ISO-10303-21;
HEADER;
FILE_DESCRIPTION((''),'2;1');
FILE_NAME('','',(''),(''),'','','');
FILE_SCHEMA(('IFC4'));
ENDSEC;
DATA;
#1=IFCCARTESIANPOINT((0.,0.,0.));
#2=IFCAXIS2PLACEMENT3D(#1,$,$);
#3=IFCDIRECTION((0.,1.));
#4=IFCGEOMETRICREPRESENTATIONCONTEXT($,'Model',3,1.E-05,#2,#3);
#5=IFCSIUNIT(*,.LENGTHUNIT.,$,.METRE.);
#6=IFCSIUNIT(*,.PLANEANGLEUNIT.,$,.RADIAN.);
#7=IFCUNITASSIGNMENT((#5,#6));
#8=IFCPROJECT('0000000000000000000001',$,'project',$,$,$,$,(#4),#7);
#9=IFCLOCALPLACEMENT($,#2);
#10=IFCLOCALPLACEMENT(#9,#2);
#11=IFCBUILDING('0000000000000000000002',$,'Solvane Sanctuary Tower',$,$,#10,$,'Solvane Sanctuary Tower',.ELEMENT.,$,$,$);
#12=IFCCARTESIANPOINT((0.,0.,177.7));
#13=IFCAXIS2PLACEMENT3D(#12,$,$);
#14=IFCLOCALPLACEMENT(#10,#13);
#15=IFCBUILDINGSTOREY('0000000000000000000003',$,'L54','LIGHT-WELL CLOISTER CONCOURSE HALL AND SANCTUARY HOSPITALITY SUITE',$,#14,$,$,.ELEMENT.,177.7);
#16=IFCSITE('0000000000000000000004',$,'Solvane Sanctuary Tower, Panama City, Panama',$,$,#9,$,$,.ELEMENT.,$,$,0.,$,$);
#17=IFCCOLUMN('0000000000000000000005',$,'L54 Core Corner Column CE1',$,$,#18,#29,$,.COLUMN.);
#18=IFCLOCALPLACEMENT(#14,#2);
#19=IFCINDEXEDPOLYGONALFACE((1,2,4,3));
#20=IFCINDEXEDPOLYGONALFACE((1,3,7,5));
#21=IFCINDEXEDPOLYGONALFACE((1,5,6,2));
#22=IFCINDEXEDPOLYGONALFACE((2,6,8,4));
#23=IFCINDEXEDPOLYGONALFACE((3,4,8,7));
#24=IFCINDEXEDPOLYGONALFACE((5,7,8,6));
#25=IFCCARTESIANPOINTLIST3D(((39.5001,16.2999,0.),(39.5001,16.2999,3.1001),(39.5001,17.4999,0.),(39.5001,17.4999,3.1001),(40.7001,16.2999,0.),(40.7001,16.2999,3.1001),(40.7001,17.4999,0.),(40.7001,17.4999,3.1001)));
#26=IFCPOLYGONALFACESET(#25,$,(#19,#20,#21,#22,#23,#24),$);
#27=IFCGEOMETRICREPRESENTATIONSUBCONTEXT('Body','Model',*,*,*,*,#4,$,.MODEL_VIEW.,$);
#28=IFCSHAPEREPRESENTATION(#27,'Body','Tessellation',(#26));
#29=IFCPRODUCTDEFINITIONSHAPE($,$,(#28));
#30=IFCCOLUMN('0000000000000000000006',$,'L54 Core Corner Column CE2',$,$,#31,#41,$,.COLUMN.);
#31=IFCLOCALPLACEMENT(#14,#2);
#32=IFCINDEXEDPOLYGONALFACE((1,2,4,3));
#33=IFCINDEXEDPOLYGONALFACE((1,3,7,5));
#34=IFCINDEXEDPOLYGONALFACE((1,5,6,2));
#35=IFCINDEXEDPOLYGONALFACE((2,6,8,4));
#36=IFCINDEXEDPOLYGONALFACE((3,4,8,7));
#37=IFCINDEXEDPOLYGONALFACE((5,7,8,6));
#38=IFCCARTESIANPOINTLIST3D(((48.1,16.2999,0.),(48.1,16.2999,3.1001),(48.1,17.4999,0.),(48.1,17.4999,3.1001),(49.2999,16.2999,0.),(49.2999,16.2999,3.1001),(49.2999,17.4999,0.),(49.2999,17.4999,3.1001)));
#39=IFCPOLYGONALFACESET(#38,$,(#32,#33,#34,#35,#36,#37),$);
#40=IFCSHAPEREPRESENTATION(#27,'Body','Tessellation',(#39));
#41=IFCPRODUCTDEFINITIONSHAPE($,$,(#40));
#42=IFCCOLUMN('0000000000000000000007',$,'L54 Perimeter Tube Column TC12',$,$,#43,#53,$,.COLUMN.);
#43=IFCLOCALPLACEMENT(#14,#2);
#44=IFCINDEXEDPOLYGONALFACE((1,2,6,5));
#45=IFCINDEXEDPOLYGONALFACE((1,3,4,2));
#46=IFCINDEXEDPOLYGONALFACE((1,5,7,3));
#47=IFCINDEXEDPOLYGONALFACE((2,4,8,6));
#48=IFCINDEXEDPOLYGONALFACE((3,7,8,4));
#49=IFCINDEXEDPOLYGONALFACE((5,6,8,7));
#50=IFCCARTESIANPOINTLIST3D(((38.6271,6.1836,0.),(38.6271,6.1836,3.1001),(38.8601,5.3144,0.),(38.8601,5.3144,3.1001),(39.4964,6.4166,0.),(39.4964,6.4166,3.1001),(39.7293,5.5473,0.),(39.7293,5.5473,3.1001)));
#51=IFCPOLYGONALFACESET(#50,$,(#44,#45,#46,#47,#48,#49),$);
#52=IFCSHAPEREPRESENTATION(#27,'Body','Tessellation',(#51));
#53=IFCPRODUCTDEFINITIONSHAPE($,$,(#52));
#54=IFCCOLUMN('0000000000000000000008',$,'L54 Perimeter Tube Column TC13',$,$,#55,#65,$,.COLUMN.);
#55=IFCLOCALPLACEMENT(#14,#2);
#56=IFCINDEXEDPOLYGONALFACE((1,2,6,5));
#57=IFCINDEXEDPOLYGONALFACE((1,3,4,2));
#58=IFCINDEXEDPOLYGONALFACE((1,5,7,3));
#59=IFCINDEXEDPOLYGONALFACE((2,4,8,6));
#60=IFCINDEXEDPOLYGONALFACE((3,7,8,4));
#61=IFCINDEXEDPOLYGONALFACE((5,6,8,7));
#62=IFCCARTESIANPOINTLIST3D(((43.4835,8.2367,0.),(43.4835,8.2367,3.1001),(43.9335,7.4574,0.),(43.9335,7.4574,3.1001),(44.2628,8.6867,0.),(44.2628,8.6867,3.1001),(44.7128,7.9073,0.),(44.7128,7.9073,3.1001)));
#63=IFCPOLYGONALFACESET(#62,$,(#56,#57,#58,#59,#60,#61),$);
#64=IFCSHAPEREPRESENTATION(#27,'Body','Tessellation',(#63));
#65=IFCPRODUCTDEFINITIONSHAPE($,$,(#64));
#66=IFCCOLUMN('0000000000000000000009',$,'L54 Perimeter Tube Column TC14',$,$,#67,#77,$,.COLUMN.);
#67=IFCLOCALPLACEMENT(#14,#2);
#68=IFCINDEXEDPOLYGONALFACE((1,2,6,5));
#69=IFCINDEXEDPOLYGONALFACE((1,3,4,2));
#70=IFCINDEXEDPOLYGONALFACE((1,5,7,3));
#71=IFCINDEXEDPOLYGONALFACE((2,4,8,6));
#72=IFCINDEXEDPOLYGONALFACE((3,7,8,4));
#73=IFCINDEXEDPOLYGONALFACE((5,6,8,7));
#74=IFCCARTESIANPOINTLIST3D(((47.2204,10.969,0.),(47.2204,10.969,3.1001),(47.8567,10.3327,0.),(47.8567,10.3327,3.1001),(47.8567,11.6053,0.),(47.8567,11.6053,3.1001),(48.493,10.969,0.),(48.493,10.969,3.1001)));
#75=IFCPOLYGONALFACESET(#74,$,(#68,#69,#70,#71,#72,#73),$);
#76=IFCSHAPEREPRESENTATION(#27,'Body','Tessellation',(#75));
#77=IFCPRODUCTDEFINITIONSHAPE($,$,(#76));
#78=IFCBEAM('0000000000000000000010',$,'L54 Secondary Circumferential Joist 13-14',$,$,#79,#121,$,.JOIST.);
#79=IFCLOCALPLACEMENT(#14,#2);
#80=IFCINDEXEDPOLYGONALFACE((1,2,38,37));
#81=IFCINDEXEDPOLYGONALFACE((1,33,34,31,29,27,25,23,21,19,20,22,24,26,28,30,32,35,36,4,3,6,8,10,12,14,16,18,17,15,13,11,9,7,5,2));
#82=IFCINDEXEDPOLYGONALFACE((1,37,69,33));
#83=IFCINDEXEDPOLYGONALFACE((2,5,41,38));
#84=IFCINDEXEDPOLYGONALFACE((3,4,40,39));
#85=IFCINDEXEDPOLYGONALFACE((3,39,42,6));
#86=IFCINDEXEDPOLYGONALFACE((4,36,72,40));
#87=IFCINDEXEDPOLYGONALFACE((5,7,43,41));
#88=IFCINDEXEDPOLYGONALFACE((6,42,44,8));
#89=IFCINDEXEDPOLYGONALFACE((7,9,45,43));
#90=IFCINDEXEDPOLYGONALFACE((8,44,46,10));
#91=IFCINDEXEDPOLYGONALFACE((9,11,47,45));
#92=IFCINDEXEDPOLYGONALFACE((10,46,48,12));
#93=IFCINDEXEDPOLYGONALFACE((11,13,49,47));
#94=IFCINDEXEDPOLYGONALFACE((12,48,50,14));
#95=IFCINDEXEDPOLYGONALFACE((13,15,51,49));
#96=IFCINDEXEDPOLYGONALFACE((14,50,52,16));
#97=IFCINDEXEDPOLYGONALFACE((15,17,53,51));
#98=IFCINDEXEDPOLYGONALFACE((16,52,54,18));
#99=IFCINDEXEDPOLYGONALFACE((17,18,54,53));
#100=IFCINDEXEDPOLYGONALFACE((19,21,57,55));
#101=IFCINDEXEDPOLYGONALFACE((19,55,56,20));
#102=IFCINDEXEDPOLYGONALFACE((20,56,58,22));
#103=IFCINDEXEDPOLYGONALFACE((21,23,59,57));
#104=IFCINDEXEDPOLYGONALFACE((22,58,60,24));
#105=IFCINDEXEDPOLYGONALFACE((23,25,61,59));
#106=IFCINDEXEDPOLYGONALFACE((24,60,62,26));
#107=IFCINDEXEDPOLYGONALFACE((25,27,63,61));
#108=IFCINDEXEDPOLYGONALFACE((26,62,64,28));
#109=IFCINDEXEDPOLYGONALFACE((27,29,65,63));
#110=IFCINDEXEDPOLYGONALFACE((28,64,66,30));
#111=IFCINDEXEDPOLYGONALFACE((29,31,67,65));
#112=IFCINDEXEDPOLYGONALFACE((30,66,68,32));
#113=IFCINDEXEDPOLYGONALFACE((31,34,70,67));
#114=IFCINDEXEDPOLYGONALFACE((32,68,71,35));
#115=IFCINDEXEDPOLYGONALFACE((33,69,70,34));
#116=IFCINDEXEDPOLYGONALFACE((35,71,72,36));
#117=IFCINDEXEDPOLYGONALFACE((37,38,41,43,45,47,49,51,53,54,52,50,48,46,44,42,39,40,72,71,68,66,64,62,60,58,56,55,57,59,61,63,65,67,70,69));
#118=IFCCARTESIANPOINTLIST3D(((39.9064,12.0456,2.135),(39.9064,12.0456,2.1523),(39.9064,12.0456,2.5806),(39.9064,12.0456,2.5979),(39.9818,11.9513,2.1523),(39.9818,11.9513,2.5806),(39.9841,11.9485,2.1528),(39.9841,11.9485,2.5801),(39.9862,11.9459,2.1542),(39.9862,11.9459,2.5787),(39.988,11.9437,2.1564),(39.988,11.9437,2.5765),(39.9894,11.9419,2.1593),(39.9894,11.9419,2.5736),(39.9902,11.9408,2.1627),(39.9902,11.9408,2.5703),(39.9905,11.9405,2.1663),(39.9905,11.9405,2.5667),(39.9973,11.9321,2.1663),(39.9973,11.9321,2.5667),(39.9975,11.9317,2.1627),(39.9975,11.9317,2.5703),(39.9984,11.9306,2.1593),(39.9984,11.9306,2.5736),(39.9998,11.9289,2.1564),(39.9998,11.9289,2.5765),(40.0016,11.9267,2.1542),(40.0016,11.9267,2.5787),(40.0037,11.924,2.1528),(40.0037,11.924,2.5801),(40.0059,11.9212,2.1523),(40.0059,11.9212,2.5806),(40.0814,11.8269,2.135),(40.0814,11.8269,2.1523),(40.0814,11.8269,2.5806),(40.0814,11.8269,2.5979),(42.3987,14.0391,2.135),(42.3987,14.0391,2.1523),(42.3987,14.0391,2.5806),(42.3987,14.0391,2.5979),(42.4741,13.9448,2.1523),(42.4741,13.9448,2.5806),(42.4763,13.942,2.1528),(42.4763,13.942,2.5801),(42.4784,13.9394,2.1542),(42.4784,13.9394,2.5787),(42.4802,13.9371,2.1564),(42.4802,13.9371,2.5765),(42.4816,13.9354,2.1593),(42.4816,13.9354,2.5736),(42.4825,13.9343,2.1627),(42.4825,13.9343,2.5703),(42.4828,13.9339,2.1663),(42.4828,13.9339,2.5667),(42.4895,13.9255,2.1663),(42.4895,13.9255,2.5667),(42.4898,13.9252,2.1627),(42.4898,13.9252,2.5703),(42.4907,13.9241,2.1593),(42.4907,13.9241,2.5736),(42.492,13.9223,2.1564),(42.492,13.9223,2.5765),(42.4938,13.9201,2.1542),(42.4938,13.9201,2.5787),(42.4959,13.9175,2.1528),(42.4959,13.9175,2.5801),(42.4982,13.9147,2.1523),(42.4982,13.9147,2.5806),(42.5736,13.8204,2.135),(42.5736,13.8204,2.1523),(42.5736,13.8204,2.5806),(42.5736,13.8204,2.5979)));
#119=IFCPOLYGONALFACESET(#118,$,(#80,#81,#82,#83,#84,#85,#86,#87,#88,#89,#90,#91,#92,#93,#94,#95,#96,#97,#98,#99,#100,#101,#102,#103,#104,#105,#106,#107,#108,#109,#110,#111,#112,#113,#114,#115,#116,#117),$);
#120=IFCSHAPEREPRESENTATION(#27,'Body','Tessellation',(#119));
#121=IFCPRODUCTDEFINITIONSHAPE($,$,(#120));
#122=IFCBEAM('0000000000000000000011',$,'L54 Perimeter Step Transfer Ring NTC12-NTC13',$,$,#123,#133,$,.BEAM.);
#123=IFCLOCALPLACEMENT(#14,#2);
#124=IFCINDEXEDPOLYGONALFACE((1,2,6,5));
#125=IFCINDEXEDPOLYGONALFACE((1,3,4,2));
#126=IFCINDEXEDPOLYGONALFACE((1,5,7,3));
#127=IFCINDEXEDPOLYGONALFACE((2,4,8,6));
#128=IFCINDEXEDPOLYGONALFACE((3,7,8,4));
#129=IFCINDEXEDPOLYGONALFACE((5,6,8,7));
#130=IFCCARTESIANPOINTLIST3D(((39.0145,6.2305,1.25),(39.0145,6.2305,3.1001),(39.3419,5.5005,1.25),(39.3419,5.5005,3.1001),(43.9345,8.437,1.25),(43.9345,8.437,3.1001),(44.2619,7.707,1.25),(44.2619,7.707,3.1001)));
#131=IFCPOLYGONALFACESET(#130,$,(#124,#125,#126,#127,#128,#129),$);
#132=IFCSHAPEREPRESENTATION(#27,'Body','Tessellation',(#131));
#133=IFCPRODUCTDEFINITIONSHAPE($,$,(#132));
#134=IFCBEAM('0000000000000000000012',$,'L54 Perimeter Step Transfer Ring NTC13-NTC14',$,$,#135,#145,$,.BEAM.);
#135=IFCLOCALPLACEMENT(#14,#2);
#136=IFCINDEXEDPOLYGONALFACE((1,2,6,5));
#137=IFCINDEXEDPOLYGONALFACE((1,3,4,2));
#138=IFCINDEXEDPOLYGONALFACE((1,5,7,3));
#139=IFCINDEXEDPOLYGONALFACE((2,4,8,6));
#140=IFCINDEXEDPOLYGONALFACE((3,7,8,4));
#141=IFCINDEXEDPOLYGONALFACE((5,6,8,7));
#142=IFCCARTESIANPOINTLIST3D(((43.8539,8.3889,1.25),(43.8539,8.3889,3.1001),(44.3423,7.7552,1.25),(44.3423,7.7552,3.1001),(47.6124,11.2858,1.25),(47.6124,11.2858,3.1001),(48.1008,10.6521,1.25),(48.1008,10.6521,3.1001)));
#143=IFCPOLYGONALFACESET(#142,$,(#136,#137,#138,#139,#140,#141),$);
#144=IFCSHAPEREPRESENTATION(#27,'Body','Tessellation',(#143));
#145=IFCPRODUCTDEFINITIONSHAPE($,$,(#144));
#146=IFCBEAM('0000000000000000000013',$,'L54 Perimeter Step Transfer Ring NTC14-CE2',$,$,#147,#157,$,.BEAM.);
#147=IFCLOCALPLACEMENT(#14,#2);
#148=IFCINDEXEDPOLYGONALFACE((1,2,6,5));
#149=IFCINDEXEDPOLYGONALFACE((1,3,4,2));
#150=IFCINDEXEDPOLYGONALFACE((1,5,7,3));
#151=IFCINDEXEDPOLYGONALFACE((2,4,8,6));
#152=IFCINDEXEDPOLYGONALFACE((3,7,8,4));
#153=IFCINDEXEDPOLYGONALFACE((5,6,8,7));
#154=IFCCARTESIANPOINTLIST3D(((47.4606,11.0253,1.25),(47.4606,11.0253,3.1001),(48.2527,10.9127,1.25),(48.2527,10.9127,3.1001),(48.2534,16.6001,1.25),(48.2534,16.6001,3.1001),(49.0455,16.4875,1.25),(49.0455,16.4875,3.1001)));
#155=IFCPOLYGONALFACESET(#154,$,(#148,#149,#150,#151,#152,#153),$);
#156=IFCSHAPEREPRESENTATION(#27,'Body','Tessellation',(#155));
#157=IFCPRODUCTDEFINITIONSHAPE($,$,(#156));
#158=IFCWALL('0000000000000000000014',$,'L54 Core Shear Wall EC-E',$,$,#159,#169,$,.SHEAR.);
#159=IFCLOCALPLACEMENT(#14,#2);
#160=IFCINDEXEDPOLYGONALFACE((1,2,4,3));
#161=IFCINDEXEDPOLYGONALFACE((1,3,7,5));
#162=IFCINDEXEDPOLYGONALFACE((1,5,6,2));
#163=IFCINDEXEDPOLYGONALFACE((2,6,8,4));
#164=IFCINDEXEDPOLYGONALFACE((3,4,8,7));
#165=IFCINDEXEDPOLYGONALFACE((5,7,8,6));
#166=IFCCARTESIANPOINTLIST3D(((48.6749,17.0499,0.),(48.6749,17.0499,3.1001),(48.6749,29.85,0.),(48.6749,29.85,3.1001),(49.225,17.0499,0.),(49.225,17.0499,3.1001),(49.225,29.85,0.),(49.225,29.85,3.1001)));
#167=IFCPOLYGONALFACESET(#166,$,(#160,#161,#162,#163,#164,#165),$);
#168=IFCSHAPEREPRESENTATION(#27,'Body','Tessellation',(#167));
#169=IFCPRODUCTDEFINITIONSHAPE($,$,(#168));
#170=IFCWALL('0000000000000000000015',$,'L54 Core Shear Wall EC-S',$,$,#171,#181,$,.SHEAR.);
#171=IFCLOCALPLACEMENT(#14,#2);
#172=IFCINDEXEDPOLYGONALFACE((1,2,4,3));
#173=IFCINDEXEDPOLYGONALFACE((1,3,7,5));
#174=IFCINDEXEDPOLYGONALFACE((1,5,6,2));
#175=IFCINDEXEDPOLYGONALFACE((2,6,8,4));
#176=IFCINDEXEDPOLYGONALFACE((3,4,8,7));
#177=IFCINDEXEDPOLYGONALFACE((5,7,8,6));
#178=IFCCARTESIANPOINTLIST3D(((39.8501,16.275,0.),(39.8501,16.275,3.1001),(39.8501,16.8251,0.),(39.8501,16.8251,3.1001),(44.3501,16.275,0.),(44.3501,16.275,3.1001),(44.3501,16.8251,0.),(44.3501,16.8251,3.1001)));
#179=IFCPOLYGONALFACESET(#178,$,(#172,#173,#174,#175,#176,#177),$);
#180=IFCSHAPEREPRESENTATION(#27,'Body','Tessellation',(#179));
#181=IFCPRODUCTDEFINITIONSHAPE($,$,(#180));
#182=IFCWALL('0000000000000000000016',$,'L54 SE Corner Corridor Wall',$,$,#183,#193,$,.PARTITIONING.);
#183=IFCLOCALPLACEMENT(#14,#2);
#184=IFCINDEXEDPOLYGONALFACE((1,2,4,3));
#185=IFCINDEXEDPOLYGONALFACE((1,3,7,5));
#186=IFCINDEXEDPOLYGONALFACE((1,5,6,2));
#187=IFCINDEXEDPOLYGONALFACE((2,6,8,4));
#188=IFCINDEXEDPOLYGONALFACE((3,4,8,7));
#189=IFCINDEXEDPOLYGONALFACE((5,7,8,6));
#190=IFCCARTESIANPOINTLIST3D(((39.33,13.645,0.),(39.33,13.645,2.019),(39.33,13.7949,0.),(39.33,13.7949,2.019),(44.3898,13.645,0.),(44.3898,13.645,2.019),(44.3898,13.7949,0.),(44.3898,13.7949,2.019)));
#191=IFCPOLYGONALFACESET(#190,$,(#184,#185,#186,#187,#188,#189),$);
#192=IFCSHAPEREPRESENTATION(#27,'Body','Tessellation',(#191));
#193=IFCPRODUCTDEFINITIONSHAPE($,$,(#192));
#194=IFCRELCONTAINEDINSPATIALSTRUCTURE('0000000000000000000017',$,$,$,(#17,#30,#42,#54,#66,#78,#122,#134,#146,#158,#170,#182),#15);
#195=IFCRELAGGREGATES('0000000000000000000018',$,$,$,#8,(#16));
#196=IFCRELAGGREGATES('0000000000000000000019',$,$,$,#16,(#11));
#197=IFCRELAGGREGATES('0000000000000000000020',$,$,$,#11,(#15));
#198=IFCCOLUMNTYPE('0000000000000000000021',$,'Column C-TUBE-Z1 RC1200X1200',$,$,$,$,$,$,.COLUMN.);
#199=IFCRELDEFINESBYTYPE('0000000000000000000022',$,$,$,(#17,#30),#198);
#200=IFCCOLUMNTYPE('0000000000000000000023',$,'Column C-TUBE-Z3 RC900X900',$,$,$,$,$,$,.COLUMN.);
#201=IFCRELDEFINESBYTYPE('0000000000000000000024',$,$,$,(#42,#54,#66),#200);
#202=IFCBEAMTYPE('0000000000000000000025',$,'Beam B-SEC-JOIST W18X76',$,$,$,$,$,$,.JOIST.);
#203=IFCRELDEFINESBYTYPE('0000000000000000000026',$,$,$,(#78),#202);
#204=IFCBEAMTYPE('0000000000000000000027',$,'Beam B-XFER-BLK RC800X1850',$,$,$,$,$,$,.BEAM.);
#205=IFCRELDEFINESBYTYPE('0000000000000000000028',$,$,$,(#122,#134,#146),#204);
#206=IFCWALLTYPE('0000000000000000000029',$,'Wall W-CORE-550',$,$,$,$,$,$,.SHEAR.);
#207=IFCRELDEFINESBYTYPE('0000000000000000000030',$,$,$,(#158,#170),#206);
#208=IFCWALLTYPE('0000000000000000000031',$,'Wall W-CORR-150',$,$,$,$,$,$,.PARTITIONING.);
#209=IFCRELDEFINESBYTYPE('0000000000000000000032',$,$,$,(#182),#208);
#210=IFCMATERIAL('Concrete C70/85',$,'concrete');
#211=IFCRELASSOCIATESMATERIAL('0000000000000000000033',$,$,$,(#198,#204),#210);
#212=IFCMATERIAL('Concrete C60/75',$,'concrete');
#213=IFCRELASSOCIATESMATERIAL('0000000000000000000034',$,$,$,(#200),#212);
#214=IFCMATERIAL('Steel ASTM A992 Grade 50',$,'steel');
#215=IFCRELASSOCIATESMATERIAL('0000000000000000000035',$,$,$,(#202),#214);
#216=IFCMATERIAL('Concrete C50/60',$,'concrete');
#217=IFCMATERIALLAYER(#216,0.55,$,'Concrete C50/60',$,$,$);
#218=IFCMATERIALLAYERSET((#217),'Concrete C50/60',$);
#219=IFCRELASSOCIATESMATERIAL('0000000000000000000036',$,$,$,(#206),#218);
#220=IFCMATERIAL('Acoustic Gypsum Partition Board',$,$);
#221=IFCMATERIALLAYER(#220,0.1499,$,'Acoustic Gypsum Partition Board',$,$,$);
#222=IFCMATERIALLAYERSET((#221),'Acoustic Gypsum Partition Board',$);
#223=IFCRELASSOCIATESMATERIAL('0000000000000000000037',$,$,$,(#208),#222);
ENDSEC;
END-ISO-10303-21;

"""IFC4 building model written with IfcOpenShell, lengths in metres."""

from ifc_helpers import new_model, si_unit, direction, frame, frame_2d, origin, origin_2d, place, context, subcontext, project, spatial, rectangle, i_section, extrude, material, layer, layer_set, material_profile, profile_set, type_object, element, save


model = new_model("IFC4")

# Units and contexts
model_context = context("Model", 3, precision=1e-05, world=origin(), true_north=direction((0.0, 1.0)))
body_context = subcontext(model_context, "Body", "Model", "MODEL_VIEW")
ifc_project = project(units=[si_unit("LENGTHUNIT", "METRE"), si_unit("PLANEANGLEUNIT", "RADIAN")], contexts=[model_context])

# Site, building, storey
site_placement = place(None, origin())
site = spatial("IfcSite", under=ifc_project, at=site_placement, Name="Solvane Sanctuary Tower, Panama City, Panama", CompositionType="ELEMENT", RefElevation=0.0)
building_placement = place(site_placement, origin())
building = spatial("IfcBuilding", under=site, at=building_placement, Name="Solvane Sanctuary Tower", LongName="Solvane Sanctuary Tower", CompositionType="ELEMENT")
storey_placement = place(building_placement, frame((0.0, 0.0, 177.7)))
storey = spatial("IfcBuildingStorey", under=building, at=storey_placement, Name="L54", Description="LIGHT-WELL CLOISTER CONCOURSE HALL AND SANCTUARY HOSPITALITY SUITE", CompositionType="ELEMENT", Elevation=177.7)

# Columns
ifc_material_1 = material(Name="Concrete C70/85", Category="concrete")
ifc_material_profile_1 = material_profile(ifc_material_1, rectangle(XDim=1.2, YDim=1.2, at=origin_2d()), Name="RC1200X1200")
ifc_profile_set_1 = profile_set([ifc_material_profile_1], Name="Concrete C70/85")
column_type_1 = type_object("IfcColumnType", Name="Column C-TUBE-Z1 RC1200X1200", PredefinedType="COLUMN", material=ifc_profile_set_1)
for number, where, z_axis, x_axis, name in (
    (1, (40.1001, 16.8999, 0.0), (0.0, 0.0, 1.0), (1.0, 0.0, 0.0), "L54 Core Corner Column CE1"),
    (2, (48.7, 16.8999, 0.0), (0.0, 0.0, 1.0), (1.0, 0.0, 0.0), "L54 Core Corner Column CE2"),
):
    element("IfcColumn", number, at=place(storey_placement, frame(where, z_axis=z_axis, x_axis=x_axis)), inside=storey, type_object=column_type_1, Name=name, PredefinedType="COLUMN", context=body_context, shape_type="SweptSolid", body=[
        extrude(rectangle(XDim=1.2, YDim=1.2, at=origin_2d()), origin(), (0.0, 0.0, 1.0), 3.1001),
    ])
ifc_material_2 = material(Name="Concrete C60/75", Category="concrete")
ifc_material_profile_2 = material_profile(ifc_material_2, rectangle(XDim=0.8999, YDim=0.8999, at=origin_2d()), Name="RC900X900")
ifc_profile_set_2 = profile_set([ifc_material_profile_2], Name="Concrete C60/75")
column_type_2 = type_object("IfcColumnType", Name="Column C-TUBE-Z3 RC900X900", PredefinedType="COLUMN", material=ifc_profile_set_2)
for number, where, z_axis, x_axis, name in (
    (3, (39.1782, 5.8655, 0.0), (0.0, 0.0, 1.0), (0.258819, -0.965926, 0.0), "L54 Perimeter Tube Column TC12"),
    (4, (44.0981, 8.072, 0.0), (0.0, 0.0, 1.0), (0.5, -0.866025, 0.0), "L54 Perimeter Tube Column TC13"),
    (5, (47.8567, 10.969, 0.0), (0.0, 0.0, 1.0), (0.707107, -0.707107, 0.0), "L54 Perimeter Tube Column TC14"),
):
    element("IfcColumn", number, at=place(storey_placement, frame(where, z_axis=z_axis, x_axis=x_axis)), inside=storey, type_object=column_type_2, Name=name, PredefinedType="COLUMN", context=body_context, shape_type="SweptSolid", body=[
        extrude(rectangle(XDim=0.8999, YDim=0.8999, at=origin_2d()), origin(), (0.0, 0.0, 1.0), 3.1001),
    ])

# Beams
ifc_material_3 = material(Name="Steel ASTM A992 Grade 50", Category="steel")
ifc_material_profile_3 = material_profile(ifc_material_3, i_section(OverallWidth=0.28, OverallDepth=0.4629, WebThickness=0.0107, FlangeThickness=0.0173, FilletRadius=0.0139, at=origin_2d()), Name="W18X76")
ifc_profile_set_3 = profile_set([ifc_material_profile_3], Name="Steel ASTM A992 Grade 50")
beam_type_1 = type_object("IfcBeamType", Name="Beam B-SEC-JOIST W18X76", PredefinedType="JOIST", material=ifc_profile_set_3)
beam_1_placement = place(storey_placement, frame((39.9939, 11.9363, 2.3665), z_axis=(0.780921, 0.62463, 0.0), x_axis=(-0.62463, 0.780921, 0.0)))
element("IfcBeam", 6, at=beam_1_placement, inside=storey, type_object=beam_type_1, Name="L54 Secondary Circumferential Joist 13-14", PredefinedType="JOIST", context=body_context, shape_type="SweptSolid", body=[
    extrude(i_section(OverallWidth=0.28, OverallDepth=0.4629, WebThickness=0.0107, FlangeThickness=0.0173, FilletRadius=0.0139, at=origin_2d()), origin(), (0.0, 0.0, 1.0), 3.1914),
])
ifc_material_profile_4 = material_profile(ifc_material_1, rectangle(XDim=0.8, YDim=1.8501, at=origin_2d()), Name="RC800X1850")
ifc_profile_set_4 = profile_set([ifc_material_profile_4], Name="Concrete C70/85")
beam_type_2 = type_object("IfcBeamType", Name="Beam B-XFER-BLK RC800X1850", PredefinedType="BEAM", material=ifc_profile_set_4)
beam_2_placement = place(storey_placement, frame((39.1782, 5.8655, 2.175), z_axis=(0.912436, 0.40922, 0.0), x_axis=(-0.40922, 0.912436, 0.0)))
element("IfcBeam", 7, at=beam_2_placement, inside=storey, type_object=beam_type_2, Name="L54 Perimeter Step Transfer Ring NTC12-NTC13", PredefinedType="BEAM", context=body_context, shape_type="SweptSolid", body=[
    extrude(rectangle(XDim=0.8, YDim=1.8501, at=origin_2d()), origin(), (0.0, 0.0, 1.0), 5.3921),
])
beam_3_placement = place(storey_placement, frame((44.0981, 8.072, 2.175), z_axis=(0.792035, 0.610476, 0.0), x_axis=(-0.610476, 0.792035, 0.0)))
element("IfcBeam", 8, at=beam_3_placement, inside=storey, type_object=beam_type_2, Name="L54 Perimeter Step Transfer Ring NTC13-NTC14", PredefinedType="BEAM", context=body_context, shape_type="SweptSolid", body=[
    extrude(rectangle(XDim=0.8, YDim=1.8501, at=origin_2d()), origin(), (0.0, 0.0, 1.0), 4.7454),
])
beam_4_placement = place(storey_placement, frame((47.8567, 10.969, 2.175), z_axis=(0.140784, 0.99004, 0.0), x_axis=(-0.99004, 0.140784, 0.0)))
element("IfcBeam", 9, at=beam_4_placement, inside=storey, type_object=beam_type_2, Name="L54 Perimeter Step Transfer Ring NTC14-CE2", PredefinedType="BEAM", context=body_context, shape_type="SweptSolid", body=[
    extrude(rectangle(XDim=0.8, YDim=1.8501, at=origin_2d()), origin(), (0.0, 0.0, 1.0), 5.6309),
])

# Walls
ifc_material_4 = material(Name="Concrete C50/60", Category="concrete")
ifc_layer_1 = layer(ifc_material_4, 0.55, Name="Concrete C50/60")
ifc_layer_set_1 = layer_set([ifc_layer_1], Name="Concrete C50/60")
wall_type_1 = type_object("IfcWallType", Name="Wall W-CORE-550", PredefinedType="SHEAR", material=ifc_layer_set_1)
wall_1_placement = place(storey_placement, frame((48.95, 17.05, 0.0), z_axis=(0.0, 0.0, 1.0), x_axis=(0.0, 1.0, 0.0)))
element("IfcWall", 10, at=wall_1_placement, inside=storey, type_object=wall_type_1, Name="L54 Core Shear Wall EC-E", PredefinedType="SHEAR", context=body_context, shape_type="SweptSolid", body=[
    extrude(rectangle(XDim=12.8, YDim=0.55, at=frame_2d((6.3999, 0.0))), origin(), (0.0, 0.0, 1.0), 3.1001),
])
wall_2_placement = place(storey_placement, frame((39.8501, 16.55, 0.0), z_axis=(0.0, 0.0, 1.0), x_axis=(1.0, 0.0, 0.0)))
element("IfcWall", 11, at=wall_2_placement, inside=storey, type_object=wall_type_1, Name="L54 Core Shear Wall EC-S", PredefinedType="SHEAR", context=body_context, shape_type="SweptSolid", body=[
    extrude(rectangle(XDim=4.5, YDim=0.55, at=frame_2d((2.25, 0.0))), origin(), (0.0, 0.0, 1.0), 3.1001),
])
ifc_material_5 = material(Name="Acoustic Gypsum Partition Board")
ifc_layer_2 = layer(ifc_material_5, 0.1499, Name="Acoustic Gypsum Partition Board")
ifc_layer_set_2 = layer_set([ifc_layer_2], Name="Acoustic Gypsum Partition Board")
wall_type_2 = type_object("IfcWallType", Name="Wall W-CORR-150", PredefinedType="PARTITIONING", material=ifc_layer_set_2)
wall_3_placement = place(storey_placement, frame((39.3301, 13.72, 0.0), z_axis=(0.0, 0.0, 1.0), x_axis=(1.0, 0.0, 0.0)))
element("IfcWall", 12, at=wall_3_placement, inside=storey, type_object=wall_type_2, Name="L54 SE Corner Corridor Wall", PredefinedType="PARTITIONING", context=body_context, shape_type="SweptSolid", body=[
    extrude(rectangle(XDim=5.0598, YDim=0.1499, at=frame_2d((2.5298, 0.0))), origin(), (0.0, 0.0, 1.0), 2.019),
])

save(model, "model.ifc")
